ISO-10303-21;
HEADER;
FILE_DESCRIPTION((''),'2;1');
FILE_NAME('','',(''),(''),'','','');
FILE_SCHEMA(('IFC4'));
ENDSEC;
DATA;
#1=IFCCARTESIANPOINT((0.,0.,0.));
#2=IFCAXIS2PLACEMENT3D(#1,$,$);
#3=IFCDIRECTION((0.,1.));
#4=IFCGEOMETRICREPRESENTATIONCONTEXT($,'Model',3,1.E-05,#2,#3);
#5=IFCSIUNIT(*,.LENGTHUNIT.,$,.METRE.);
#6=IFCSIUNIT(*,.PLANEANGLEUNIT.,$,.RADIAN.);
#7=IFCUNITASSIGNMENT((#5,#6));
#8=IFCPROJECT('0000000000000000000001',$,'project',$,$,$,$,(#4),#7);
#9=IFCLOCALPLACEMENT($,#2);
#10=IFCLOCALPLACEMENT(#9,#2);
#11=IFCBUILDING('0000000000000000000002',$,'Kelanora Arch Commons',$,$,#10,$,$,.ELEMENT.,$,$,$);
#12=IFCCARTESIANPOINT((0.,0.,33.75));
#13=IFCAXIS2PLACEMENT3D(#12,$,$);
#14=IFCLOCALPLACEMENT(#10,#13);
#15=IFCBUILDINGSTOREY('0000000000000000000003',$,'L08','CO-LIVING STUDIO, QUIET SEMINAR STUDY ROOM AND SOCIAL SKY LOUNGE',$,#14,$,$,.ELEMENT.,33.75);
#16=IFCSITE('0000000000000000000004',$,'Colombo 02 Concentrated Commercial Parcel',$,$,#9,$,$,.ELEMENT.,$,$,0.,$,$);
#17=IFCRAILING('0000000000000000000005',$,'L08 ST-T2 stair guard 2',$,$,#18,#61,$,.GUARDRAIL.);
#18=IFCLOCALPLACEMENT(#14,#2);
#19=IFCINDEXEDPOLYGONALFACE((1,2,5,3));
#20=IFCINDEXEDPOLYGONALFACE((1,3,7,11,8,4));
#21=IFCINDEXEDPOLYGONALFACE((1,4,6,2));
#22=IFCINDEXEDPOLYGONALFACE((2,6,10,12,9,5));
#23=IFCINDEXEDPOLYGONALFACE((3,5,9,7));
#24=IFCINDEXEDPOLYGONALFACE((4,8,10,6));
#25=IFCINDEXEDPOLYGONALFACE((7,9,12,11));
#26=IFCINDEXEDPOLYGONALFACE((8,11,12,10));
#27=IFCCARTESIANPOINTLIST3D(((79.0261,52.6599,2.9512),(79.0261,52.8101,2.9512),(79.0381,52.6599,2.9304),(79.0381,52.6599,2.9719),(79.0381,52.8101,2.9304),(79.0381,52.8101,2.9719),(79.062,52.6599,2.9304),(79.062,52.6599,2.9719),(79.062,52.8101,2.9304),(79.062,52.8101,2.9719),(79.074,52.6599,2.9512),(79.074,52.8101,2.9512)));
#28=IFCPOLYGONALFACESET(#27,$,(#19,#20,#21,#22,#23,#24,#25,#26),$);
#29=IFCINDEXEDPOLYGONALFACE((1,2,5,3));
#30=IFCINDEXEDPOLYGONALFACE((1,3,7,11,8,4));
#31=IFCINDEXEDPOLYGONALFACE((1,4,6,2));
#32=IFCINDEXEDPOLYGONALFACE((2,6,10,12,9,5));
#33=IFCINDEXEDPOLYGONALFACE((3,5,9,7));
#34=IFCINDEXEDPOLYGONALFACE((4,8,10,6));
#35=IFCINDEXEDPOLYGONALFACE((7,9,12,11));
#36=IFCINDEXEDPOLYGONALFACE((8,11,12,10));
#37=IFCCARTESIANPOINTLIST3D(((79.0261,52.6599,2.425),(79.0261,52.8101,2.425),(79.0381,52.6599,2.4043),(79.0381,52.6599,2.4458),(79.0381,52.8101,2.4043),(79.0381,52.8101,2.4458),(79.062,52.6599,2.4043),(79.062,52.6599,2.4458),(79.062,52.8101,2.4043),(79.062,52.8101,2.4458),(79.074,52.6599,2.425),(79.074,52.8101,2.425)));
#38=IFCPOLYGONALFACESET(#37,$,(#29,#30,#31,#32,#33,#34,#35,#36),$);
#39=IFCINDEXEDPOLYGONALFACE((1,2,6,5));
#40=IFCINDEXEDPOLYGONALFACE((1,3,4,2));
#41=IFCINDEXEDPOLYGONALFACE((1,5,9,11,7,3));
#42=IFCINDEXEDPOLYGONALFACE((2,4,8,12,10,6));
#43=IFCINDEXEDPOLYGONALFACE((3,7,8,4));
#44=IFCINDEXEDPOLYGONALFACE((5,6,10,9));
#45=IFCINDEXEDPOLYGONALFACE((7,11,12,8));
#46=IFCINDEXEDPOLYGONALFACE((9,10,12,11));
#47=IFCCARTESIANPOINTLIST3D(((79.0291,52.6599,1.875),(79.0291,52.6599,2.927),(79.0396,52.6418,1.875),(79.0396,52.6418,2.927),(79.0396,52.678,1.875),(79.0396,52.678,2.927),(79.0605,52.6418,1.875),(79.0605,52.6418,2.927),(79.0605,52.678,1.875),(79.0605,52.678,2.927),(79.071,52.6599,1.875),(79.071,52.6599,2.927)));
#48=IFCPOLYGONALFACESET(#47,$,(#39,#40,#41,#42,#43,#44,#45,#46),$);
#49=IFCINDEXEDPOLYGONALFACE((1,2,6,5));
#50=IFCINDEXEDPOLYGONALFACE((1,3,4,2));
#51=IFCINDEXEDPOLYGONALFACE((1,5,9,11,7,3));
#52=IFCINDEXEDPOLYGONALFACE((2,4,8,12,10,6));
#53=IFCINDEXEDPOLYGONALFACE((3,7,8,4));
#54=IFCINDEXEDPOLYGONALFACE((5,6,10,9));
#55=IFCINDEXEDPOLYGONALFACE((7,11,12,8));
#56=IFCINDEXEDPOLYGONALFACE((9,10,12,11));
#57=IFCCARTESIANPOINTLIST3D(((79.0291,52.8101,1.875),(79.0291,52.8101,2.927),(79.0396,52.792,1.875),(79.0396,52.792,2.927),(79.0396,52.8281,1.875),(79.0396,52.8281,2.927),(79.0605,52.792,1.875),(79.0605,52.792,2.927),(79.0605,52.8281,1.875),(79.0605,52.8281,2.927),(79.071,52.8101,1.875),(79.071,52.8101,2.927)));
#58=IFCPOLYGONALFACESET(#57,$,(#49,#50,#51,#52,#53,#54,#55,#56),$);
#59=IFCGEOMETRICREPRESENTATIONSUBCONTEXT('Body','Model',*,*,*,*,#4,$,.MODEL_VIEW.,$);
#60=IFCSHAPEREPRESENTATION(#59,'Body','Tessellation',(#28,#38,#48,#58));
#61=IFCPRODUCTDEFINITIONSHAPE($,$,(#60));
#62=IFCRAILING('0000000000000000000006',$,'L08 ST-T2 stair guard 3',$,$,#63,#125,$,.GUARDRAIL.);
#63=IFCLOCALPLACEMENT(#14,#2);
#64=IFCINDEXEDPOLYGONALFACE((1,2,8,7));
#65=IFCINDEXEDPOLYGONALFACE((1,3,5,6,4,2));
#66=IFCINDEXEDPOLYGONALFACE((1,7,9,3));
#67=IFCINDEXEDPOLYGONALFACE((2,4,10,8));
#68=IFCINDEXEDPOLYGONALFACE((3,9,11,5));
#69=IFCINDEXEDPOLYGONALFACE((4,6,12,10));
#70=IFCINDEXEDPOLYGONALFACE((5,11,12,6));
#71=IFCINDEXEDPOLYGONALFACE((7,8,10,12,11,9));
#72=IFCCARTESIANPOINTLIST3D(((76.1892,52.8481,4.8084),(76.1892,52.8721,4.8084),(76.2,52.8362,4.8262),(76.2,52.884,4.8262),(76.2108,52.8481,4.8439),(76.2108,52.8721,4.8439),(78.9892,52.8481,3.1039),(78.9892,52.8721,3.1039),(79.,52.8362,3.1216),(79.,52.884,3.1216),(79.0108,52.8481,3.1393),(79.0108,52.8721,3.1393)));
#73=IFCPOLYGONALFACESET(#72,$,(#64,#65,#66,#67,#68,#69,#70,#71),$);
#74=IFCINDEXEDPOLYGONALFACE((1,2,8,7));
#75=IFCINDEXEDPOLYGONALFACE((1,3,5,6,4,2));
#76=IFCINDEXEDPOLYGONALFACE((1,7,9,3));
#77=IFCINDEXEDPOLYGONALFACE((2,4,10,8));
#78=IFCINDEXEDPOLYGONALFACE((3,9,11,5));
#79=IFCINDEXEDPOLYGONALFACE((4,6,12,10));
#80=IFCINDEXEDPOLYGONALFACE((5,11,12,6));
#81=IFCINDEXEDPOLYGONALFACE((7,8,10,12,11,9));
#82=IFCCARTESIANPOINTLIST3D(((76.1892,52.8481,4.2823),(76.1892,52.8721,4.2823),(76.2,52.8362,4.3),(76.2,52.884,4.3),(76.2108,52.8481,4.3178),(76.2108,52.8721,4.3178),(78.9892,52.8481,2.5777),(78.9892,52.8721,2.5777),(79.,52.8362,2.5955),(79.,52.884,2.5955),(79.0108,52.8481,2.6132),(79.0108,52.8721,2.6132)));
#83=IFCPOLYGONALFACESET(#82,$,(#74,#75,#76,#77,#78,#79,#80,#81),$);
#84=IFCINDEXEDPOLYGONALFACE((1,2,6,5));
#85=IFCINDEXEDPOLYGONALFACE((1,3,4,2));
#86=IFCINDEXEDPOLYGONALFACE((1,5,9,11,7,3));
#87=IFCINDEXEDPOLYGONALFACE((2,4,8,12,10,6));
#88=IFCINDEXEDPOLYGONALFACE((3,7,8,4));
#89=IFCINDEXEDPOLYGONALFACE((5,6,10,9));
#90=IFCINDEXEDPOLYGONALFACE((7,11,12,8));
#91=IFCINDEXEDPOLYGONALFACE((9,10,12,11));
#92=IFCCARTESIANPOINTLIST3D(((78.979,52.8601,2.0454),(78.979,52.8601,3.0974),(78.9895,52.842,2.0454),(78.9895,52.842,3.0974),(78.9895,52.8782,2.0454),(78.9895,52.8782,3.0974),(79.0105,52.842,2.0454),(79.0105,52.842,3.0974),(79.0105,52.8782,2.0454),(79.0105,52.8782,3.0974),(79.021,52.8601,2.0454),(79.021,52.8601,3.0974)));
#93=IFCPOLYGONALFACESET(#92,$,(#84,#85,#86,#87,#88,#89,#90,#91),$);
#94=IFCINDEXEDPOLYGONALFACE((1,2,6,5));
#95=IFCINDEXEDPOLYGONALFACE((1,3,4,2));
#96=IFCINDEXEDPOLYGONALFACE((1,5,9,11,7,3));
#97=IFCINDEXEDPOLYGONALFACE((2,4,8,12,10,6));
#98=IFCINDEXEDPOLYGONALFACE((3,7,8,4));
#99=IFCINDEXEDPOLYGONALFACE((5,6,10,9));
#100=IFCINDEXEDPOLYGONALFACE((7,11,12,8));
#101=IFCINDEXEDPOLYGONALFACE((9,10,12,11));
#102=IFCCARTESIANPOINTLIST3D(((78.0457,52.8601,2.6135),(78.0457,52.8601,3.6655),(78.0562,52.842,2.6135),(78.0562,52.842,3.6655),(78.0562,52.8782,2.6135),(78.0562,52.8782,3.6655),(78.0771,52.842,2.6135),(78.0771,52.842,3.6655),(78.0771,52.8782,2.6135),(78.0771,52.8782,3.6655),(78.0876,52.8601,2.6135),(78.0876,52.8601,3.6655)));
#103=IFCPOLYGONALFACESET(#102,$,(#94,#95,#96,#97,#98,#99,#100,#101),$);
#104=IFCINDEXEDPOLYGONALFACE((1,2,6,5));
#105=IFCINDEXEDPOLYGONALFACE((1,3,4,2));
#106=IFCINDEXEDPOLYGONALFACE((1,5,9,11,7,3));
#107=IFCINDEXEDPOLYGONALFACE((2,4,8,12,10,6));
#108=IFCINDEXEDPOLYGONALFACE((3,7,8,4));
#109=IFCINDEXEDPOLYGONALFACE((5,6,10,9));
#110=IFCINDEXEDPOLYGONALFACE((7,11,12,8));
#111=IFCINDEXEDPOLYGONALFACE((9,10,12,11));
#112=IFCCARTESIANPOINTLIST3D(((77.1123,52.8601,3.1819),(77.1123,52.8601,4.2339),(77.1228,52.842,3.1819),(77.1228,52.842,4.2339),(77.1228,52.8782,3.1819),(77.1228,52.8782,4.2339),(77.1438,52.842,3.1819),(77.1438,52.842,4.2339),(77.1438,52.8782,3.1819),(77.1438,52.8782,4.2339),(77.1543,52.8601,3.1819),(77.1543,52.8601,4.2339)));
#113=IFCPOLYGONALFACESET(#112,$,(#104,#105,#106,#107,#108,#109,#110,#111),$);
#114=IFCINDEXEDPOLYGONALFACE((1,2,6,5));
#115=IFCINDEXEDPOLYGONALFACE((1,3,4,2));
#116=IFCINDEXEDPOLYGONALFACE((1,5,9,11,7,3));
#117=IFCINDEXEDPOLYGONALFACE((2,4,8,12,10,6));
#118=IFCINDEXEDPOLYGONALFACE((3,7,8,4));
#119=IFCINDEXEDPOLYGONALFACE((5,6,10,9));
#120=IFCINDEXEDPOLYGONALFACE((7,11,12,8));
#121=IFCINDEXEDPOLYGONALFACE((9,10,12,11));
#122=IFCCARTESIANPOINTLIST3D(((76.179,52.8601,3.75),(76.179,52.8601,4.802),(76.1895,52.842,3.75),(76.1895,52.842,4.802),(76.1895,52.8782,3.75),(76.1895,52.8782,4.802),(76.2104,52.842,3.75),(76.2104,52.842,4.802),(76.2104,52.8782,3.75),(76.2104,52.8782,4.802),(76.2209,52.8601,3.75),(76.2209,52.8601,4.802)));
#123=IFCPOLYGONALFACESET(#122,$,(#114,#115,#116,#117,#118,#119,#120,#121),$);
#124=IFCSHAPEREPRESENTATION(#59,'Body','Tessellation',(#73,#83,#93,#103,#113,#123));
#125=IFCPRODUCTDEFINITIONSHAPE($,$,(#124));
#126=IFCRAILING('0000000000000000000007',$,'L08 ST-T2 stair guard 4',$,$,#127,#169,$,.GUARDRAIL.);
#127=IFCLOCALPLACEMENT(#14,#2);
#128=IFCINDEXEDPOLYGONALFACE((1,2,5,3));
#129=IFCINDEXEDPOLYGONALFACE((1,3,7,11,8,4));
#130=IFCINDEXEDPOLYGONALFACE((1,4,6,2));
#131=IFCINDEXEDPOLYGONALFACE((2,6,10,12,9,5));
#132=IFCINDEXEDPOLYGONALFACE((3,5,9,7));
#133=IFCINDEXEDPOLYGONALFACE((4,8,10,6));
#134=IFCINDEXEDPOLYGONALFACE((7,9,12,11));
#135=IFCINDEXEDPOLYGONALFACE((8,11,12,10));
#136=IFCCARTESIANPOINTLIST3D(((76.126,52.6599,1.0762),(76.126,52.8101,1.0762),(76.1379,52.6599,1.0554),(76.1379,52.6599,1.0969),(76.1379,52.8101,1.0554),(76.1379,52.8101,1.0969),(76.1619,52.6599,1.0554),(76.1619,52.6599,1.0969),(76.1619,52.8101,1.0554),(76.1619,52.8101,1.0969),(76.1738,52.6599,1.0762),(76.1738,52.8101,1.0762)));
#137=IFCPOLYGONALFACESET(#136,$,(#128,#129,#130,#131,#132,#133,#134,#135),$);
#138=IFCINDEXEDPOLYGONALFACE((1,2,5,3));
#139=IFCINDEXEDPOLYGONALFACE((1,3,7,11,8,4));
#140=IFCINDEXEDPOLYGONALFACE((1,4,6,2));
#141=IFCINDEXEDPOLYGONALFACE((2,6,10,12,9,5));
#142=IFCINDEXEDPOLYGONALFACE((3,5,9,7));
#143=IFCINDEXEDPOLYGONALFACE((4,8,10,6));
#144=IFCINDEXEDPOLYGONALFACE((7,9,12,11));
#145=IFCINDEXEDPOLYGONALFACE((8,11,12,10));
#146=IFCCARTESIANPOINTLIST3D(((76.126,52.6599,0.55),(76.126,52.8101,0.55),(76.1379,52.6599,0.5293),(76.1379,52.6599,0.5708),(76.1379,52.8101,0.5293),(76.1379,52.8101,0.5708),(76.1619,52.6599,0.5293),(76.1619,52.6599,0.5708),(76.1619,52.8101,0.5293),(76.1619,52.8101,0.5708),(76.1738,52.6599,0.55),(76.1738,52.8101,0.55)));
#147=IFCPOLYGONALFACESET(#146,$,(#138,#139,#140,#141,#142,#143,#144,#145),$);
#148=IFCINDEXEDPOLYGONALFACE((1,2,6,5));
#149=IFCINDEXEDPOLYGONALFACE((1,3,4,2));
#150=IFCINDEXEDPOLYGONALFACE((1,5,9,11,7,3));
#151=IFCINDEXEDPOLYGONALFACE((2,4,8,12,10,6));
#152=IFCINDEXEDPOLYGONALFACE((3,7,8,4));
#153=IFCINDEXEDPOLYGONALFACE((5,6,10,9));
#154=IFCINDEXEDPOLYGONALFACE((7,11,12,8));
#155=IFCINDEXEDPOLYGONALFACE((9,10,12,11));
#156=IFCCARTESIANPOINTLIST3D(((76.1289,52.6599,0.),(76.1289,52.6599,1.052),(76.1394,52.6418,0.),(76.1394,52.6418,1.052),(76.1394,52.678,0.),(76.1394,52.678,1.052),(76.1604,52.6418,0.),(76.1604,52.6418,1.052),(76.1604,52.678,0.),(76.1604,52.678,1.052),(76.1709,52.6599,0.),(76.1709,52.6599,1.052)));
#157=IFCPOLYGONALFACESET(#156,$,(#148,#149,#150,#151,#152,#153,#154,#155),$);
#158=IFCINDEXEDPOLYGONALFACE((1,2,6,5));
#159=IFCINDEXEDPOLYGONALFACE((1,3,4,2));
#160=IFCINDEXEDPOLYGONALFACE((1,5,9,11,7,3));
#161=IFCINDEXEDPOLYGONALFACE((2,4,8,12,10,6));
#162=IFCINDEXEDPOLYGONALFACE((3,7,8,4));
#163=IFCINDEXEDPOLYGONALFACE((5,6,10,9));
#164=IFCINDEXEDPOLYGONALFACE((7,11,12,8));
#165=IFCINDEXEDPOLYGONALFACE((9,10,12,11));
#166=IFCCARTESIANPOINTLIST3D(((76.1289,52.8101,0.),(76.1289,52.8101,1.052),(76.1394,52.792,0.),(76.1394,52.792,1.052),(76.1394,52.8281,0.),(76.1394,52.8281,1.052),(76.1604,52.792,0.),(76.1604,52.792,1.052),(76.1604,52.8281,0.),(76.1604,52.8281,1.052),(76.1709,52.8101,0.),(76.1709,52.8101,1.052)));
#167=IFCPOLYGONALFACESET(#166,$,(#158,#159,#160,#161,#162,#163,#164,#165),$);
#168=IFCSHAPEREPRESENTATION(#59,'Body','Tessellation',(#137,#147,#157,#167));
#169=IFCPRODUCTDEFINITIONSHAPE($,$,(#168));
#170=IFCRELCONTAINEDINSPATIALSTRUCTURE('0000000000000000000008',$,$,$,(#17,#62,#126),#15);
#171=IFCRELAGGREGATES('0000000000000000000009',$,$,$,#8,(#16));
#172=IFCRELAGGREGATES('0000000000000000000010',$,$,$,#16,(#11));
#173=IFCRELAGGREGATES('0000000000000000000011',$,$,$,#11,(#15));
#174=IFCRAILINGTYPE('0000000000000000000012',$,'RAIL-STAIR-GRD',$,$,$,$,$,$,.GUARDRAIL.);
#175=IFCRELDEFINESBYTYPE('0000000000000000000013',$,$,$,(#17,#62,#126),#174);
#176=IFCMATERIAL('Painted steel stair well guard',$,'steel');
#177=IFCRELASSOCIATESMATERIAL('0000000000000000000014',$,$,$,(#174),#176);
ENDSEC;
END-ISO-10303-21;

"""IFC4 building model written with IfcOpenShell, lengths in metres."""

from ifc_helpers import new_model, si_unit, direction, frame, origin, place, context, subcontext, project, spatial, polyline, outline, extrude, material, type_object, element, save


model = new_model("IFC4")

# Units and contexts
model_context = context("Model", 3, precision=1e-05, world=origin(), true_north=direction((0.0, 1.0)))
body_context = subcontext(model_context, "Body", "Model", "MODEL_VIEW")
ifc_project = project(units=[si_unit("LENGTHUNIT", "METRE"), si_unit("PLANEANGLEUNIT", "RADIAN")], contexts=[model_context])

# Site, building, storey
site_placement = place(None, origin())
site = spatial("IfcSite", under=ifc_project, at=site_placement, Name="Colombo 02 Concentrated Commercial Parcel", CompositionType="ELEMENT", RefElevation=0.0)
building_placement = place(site_placement, origin())
building = spatial("IfcBuilding", under=site, at=building_placement, Name="Kelanora Arch Commons", CompositionType="ELEMENT")
storey_placement = place(building_placement, frame((0.0, 0.0, 33.75)))
storey = spatial("IfcBuildingStorey", under=building, at=storey_placement, Name="L08", Description="CO-LIVING STUDIO, QUIET SEMINAR STUDY ROOM AND SOCIAL SKY LOUNGE", CompositionType="ELEMENT", Elevation=33.75)

# Railings
ifc_material_1 = material(Name="Painted steel stair well guard", Category="steel")
railing_type_1 = type_object("IfcRailingType", Name="RAIL-STAIR-GRD", PredefinedType="GUARDRAIL", material=ifc_material_1)
railing_1_placement = place(storey_placement, frame((79.05, 52.6599, 1.875)))
element("IfcRailing", 1, at=railing_1_placement, inside=storey, type_object=railing_type_1, Name="L08 ST-T2 stair guard 2", PredefinedType="GUARDRAIL", context=body_context, shape_type="SweptSolid", body=[
    extrude(outline(polyline([(0.0239, 0.0), (0.012, 0.0208), (-0.012, 0.0208), (-0.0239, 0.0), (-0.012, -0.0208), (0.012, -0.0208), (0.0239, 0.0)])), frame((0.0, 0.0, 1.0762), z_axis=(0.0, 1.0, 0.0), x_axis=(-1.0, 0.0, 0.0)), (0.0, 0.0, 1.0), 0.1501),
    extrude(outline(polyline([(0.0239, 0.0), (0.012, 0.0208), (-0.012, 0.0208), (-0.0239, 0.0), (-0.012, -0.0208), (0.012, -0.0208), (0.0239, 0.0)])), frame((0.0, 0.0, 0.55), z_axis=(0.0, 1.0, 0.0), x_axis=(-1.0, 0.0, 0.0)), (0.0, 0.0, 1.0), 0.1501),
    extrude(outline(polyline([(0.021, 0.0), (0.0105, 0.0181), (-0.0105, 0.0181), (-0.021, 0.0), (-0.0105, -0.0181), (0.0105, -0.0181), (0.021, 0.0)])), origin(), (0.0, 0.0, 1.0), 1.052),
    extrude(outline(polyline([(0.021, 0.0), (0.0105, 0.0181), (-0.0105, 0.0181), (-0.021, 0.0), (-0.0105, -0.0181), (0.0105, -0.0181), (0.021, 0.0)])), frame((0.0, 0.1501, 0.0)), (0.0, 0.0, 1.0), 1.052),
])
railing_2_placement = place(storey_placement, frame((79.0, 52.8601, 2.0454)))
element("IfcRailing", 2, at=railing_2_placement, inside=storey, type_object=railing_type_1, Name="L08 ST-T2 stair guard 3", PredefinedType="GUARDRAIL", context=body_context, shape_type="SweptSolid", body=[
    extrude(outline(polyline([(0.0239, 0.0), (0.012, 0.0208), (-0.012, 0.0208), (-0.0239, 0.0), (-0.012, -0.0208), (0.012, -0.0208), (0.0239, 0.0)])), frame((0.0, 0.0, 1.0762), z_axis=(-0.85417, 0.0, 0.519994), x_axis=(0.0, -1.0, 0.0)), (0.0, 0.0, 1.0), 3.2781),
    extrude(outline(polyline([(0.0239, 0.0), (0.012, 0.0208), (-0.012, 0.0208), (-0.0239, 0.0), (-0.012, -0.0208), (0.012, -0.0208), (0.0239, 0.0)])), frame((0.0, 0.0, 0.55), z_axis=(-0.85417, 0.0, 0.519994), x_axis=(0.0, -1.0, 0.0)), (0.0, 0.0, 1.0), 3.2781),
    extrude(outline(polyline([(0.021, 0.0), (0.0105, 0.0181), (-0.0105, 0.0181), (-0.021, 0.0), (-0.0105, -0.0181), (0.0105, -0.0181), (0.021, 0.0)])), origin(), (0.0, 0.0, 1.0), 1.052),
    extrude(outline(polyline([(0.021, 0.0), (0.0105, 0.0181), (-0.0105, 0.0181), (-0.021, 0.0), (-0.0105, -0.0181), (0.0105, -0.0181), (0.021, 0.0)])), frame((-0.9333, 0.0, 0.5681)), (0.0, 0.0, 1.0), 1.052),
    extrude(outline(polyline([(0.021, 0.0), (0.0105, 0.0181), (-0.0105, 0.0181), (-0.021, 0.0), (-0.0105, -0.0181), (0.0105, -0.0181), (0.021, 0.0)])), frame((-1.8667, 0.0, 1.1365)), (0.0, 0.0, 1.0), 1.052),
    extrude(outline(polyline([(0.021, 0.0), (0.0105, 0.0181), (-0.0105, 0.0181), (-0.021, 0.0), (-0.0105, -0.0181), (0.0105, -0.0181), (0.021, 0.0)])), frame((-2.8, 0.0, 1.7046)), (0.0, 0.0, 1.0), 1.052),
])
railing_3_placement = place(storey_placement, frame((76.1499, 52.6599, 0.0)))
element("IfcRailing", 3, at=railing_3_placement, inside=storey, type_object=railing_type_1, Name="L08 ST-T2 stair guard 4", PredefinedType="GUARDRAIL", context=body_context, shape_type="SweptSolid", body=[
    extrude(outline(polyline([(0.0239, 0.0), (0.012, 0.0208), (-0.012, 0.0208), (-0.0239, 0.0), (-0.012, -0.0208), (0.012, -0.0208), (0.0239, 0.0)])), frame((0.0, 0.0, 1.0762), z_axis=(0.0, 1.0, 0.0), x_axis=(-1.0, 0.0, 0.0)), (0.0, 0.0, 1.0), 0.1501),
    extrude(outline(polyline([(0.0239, 0.0), (0.012, 0.0208), (-0.012, 0.0208), (-0.0239, 0.0), (-0.012, -0.0208), (0.012, -0.0208), (0.0239, 0.0)])), frame((0.0, 0.0, 0.55), z_axis=(0.0, 1.0, 0.0), x_axis=(-1.0, 0.0, 0.0)), (0.0, 0.0, 1.0), 0.1501),
    extrude(outline(polyline([(0.021, 0.0), (0.0105, 0.0181), (-0.0105, 0.0181), (-0.021, 0.0), (-0.0105, -0.0181), (0.0105, -0.0181), (0.021, 0.0)])), origin(), (0.0, 0.0, 1.0), 1.052),
    extrude(outline(polyline([(0.021, 0.0), (0.0105, 0.0181), (-0.0105, 0.0181), (-0.021, 0.0), (-0.0105, -0.0181), (0.0105, -0.0181), (0.021, 0.0)])), frame((0.0, 0.1501, 0.0)), (0.0, 0.0, 1.0), 1.052),
])

save(model, "model.ifc")
